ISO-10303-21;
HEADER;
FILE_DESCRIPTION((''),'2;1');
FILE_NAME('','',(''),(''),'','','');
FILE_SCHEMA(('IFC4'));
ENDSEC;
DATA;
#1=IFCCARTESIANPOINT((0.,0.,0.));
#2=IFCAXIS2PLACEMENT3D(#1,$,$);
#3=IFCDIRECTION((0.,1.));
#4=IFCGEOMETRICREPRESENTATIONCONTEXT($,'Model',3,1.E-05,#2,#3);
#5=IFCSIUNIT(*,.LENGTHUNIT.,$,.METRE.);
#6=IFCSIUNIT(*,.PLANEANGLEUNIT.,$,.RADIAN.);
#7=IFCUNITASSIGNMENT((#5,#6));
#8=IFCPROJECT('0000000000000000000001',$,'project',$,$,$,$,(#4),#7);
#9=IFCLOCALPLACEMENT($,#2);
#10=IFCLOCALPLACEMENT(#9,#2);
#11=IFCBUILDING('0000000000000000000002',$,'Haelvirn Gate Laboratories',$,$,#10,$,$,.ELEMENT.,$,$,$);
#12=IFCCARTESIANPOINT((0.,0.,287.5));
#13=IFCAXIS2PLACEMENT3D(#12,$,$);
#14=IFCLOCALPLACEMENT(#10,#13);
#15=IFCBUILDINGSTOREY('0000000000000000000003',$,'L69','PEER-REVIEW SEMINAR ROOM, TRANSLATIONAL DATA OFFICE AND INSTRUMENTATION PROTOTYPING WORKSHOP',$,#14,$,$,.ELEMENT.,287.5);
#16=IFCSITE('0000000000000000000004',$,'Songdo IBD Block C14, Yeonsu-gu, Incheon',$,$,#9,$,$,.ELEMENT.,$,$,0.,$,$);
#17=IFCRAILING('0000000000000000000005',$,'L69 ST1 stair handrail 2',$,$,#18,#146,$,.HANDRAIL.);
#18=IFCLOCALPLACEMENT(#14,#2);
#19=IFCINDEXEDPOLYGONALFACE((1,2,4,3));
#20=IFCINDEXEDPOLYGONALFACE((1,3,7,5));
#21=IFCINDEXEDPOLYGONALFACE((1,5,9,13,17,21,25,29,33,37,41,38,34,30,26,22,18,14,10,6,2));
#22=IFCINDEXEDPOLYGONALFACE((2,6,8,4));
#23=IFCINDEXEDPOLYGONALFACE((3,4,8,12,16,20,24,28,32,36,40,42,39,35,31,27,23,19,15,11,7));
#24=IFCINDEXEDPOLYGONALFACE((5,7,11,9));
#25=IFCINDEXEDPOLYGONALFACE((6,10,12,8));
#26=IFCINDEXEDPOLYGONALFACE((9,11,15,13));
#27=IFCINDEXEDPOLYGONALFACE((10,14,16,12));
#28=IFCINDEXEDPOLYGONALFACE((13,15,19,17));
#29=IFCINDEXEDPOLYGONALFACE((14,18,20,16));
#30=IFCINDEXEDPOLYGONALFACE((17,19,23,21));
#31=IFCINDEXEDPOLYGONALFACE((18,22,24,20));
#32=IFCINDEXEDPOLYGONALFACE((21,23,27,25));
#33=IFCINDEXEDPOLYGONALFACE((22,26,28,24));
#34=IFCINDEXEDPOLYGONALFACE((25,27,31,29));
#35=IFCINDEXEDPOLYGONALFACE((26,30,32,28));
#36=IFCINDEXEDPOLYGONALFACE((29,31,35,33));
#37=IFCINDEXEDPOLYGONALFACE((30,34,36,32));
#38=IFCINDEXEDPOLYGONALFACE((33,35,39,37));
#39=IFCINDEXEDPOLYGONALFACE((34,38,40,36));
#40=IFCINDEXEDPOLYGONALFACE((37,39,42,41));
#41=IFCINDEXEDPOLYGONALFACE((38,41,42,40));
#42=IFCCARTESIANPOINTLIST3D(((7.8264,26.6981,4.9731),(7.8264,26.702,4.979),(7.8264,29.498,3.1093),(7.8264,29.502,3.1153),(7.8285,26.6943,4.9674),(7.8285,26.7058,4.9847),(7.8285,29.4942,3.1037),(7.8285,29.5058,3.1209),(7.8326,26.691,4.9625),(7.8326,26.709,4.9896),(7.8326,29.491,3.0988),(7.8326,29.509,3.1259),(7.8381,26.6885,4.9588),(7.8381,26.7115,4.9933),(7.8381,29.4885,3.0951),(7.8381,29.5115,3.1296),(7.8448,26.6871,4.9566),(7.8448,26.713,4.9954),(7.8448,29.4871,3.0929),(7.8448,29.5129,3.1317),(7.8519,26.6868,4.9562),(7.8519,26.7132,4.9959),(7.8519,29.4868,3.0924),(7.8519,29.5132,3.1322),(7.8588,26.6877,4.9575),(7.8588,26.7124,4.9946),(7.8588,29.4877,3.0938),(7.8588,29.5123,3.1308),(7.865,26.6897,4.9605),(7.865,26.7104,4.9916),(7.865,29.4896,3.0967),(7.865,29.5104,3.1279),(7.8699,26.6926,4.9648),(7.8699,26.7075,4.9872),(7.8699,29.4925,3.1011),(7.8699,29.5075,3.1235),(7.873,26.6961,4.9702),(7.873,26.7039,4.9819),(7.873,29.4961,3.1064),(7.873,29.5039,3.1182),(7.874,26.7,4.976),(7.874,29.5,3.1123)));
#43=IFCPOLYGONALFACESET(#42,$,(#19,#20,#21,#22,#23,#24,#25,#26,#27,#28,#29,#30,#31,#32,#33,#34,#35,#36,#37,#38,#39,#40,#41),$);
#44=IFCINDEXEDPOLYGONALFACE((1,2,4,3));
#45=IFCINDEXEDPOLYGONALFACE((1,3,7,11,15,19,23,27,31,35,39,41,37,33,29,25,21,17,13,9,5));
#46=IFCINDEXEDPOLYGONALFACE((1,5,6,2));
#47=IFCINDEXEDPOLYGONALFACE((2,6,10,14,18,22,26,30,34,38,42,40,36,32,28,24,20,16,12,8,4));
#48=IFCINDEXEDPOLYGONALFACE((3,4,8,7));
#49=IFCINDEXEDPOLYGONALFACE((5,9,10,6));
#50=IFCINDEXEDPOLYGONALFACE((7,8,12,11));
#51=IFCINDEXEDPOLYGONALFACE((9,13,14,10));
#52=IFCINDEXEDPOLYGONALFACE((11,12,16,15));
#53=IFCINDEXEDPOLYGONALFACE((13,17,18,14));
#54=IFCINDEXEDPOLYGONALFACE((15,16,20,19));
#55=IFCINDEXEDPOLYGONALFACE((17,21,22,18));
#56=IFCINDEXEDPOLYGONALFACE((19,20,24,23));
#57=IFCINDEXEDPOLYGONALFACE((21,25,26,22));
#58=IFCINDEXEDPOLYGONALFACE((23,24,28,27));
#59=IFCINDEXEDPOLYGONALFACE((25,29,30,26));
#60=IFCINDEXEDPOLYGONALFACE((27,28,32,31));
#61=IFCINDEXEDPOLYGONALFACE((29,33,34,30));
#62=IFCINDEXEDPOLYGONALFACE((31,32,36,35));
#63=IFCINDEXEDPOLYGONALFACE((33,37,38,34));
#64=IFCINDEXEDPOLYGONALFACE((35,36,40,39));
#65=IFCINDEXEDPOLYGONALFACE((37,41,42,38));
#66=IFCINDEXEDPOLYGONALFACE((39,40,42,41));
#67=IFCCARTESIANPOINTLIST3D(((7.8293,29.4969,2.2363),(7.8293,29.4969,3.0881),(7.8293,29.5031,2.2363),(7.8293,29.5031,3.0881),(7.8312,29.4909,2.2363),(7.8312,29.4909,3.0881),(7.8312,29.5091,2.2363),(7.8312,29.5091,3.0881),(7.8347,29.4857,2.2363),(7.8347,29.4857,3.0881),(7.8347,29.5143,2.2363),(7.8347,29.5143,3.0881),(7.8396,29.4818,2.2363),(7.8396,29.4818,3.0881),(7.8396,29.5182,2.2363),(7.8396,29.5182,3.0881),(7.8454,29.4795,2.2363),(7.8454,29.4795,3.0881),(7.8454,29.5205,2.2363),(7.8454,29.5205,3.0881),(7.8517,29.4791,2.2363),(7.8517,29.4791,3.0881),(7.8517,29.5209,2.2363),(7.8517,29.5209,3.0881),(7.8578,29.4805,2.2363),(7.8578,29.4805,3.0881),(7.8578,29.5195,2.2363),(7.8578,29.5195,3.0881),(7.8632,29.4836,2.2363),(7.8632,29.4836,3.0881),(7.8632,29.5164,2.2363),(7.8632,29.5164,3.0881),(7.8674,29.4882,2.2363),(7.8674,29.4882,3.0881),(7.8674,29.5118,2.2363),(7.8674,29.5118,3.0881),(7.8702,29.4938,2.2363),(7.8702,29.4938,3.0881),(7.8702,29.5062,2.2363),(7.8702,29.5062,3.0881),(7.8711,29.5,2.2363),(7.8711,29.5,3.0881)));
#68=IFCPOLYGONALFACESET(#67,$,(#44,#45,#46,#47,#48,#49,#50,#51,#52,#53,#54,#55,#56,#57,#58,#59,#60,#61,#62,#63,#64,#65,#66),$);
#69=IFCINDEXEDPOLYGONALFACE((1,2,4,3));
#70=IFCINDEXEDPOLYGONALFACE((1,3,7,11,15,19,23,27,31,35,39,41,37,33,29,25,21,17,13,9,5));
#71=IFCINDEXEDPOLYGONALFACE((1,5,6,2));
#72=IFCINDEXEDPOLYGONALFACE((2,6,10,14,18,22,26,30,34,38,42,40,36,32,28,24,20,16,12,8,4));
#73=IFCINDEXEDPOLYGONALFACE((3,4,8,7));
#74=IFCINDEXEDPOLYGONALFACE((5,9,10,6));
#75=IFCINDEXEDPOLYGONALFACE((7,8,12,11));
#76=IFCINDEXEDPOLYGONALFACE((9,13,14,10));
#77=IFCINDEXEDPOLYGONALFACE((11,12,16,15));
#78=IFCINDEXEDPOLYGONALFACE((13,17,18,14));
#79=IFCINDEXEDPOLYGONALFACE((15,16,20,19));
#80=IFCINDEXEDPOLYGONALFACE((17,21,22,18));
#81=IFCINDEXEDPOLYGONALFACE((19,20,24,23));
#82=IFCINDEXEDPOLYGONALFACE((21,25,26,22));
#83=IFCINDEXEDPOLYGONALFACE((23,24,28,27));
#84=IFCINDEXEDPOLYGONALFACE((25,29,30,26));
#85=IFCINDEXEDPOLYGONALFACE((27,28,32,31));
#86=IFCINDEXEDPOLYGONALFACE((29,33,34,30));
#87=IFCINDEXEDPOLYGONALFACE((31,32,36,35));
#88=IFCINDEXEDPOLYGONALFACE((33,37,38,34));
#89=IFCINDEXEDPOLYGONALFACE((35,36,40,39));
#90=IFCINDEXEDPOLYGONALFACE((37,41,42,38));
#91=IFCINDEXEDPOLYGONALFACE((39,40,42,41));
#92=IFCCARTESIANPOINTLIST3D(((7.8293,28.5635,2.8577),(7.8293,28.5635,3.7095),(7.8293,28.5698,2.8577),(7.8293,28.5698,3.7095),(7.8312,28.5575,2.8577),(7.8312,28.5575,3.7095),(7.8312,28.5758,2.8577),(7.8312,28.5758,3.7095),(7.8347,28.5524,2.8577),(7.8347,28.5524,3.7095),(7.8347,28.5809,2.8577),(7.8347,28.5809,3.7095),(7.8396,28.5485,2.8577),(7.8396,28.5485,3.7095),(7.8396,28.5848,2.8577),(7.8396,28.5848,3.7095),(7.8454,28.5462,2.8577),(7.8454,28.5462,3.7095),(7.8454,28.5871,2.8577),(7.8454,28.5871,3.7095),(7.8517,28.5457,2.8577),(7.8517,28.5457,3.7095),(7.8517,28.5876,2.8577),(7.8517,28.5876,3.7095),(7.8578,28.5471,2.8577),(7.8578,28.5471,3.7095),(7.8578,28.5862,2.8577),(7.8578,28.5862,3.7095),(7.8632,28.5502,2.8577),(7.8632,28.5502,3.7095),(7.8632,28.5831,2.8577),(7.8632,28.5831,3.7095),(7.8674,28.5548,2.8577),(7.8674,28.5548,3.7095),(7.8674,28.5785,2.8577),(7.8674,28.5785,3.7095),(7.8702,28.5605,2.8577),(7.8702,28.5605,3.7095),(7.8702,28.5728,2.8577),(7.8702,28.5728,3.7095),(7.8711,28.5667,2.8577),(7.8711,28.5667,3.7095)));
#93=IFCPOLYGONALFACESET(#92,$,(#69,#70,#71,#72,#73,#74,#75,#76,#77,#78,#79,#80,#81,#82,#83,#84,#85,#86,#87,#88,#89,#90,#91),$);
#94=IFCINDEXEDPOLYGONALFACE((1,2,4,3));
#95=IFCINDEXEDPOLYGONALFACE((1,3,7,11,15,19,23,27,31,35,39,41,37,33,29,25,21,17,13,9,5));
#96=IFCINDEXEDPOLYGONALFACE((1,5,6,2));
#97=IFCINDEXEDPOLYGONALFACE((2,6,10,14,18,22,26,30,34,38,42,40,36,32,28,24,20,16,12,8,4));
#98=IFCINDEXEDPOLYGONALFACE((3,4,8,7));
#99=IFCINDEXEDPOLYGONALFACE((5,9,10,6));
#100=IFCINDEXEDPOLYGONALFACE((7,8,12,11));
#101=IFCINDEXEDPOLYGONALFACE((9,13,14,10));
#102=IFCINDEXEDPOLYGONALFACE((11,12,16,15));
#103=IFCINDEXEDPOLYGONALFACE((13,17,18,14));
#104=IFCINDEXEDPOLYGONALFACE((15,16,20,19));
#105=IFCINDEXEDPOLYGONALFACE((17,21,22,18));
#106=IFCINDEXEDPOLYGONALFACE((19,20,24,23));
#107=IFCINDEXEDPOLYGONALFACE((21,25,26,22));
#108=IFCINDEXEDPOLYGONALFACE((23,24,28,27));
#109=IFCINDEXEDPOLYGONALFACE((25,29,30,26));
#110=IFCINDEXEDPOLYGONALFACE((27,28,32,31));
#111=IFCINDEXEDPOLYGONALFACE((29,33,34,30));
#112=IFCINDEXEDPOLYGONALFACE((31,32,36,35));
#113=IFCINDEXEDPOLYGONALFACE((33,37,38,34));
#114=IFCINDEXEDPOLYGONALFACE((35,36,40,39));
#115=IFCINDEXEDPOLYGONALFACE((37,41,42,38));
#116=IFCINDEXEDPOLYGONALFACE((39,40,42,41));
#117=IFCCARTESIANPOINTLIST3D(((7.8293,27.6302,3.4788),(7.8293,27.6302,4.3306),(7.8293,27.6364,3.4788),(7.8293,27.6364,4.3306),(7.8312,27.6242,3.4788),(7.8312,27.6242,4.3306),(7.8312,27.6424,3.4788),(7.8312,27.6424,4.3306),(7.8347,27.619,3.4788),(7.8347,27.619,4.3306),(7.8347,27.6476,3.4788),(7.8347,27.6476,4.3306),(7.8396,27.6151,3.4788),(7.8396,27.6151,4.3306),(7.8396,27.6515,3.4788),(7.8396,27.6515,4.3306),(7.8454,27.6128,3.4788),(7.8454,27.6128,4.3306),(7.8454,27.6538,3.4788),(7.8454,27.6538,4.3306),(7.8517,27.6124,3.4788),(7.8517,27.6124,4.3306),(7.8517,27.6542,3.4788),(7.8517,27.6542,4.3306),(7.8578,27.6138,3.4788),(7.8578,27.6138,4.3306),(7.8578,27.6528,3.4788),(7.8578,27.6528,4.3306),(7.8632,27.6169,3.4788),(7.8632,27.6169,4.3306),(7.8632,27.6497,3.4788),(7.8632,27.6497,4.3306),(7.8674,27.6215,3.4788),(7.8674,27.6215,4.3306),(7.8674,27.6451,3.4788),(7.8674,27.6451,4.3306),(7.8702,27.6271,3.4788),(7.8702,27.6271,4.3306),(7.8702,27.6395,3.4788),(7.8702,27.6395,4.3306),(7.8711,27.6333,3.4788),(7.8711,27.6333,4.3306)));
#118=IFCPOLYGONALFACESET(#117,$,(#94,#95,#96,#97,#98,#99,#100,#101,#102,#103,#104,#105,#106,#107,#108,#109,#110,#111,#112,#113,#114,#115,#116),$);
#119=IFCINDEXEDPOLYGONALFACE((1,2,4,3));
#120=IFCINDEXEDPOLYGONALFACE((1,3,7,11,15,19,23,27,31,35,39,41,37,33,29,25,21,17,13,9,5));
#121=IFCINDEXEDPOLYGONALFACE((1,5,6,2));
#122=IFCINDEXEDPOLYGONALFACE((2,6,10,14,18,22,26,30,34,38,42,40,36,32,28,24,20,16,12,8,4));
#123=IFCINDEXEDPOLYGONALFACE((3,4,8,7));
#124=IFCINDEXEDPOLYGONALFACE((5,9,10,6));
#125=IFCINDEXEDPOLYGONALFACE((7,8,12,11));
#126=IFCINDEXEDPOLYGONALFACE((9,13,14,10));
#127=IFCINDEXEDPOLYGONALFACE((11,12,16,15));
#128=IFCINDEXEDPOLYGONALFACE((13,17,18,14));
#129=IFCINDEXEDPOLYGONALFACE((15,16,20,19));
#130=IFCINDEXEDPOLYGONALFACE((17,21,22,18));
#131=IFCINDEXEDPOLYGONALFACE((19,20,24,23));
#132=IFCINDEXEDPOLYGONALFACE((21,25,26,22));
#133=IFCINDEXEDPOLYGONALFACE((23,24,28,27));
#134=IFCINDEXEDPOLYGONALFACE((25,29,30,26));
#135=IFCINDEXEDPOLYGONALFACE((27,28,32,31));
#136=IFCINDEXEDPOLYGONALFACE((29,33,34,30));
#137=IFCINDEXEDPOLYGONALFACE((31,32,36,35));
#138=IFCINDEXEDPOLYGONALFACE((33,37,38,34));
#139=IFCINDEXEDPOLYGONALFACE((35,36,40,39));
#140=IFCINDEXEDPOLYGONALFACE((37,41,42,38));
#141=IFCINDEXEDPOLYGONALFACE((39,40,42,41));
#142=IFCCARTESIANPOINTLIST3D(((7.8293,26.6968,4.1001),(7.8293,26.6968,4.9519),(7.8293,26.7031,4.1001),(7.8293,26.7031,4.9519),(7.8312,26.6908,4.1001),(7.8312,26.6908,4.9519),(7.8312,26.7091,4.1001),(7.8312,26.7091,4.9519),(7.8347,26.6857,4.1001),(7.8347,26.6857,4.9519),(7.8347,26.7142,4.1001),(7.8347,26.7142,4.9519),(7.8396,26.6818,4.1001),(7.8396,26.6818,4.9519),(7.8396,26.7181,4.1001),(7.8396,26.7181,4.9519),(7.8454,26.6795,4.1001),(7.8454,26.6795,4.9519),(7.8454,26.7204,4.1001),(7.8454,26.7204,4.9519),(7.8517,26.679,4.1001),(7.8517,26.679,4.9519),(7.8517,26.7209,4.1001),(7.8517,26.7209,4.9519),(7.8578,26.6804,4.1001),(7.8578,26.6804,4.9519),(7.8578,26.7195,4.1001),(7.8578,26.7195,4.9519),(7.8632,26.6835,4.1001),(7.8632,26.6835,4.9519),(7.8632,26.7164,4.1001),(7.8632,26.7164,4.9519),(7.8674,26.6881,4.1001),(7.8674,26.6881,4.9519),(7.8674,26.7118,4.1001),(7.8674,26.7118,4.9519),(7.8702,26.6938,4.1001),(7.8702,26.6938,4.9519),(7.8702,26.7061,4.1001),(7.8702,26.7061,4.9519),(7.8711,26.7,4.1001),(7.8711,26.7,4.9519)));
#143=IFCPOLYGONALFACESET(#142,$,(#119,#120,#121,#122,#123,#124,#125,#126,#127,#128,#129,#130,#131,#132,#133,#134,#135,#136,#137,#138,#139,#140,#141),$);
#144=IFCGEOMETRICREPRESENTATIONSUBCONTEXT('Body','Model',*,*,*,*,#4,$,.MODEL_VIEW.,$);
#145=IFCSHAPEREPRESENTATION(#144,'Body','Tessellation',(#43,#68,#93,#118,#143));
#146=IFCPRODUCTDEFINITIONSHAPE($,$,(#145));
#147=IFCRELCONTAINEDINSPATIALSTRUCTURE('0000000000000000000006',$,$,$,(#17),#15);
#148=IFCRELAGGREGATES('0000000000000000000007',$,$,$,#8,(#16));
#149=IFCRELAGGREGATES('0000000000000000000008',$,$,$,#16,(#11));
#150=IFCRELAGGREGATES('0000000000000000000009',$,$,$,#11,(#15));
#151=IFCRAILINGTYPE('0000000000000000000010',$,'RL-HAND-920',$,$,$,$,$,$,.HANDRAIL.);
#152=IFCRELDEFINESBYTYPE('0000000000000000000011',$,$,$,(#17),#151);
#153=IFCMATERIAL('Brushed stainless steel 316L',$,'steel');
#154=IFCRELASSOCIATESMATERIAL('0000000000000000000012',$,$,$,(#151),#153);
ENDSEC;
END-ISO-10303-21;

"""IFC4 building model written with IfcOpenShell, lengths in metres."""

from ifc_helpers import new_model, si_unit, direction, frame, origin, origin_2d, place, context, subcontext, project, spatial, circle, extrude, source, transform, mapped, material, type_object, element, save


model = new_model("IFC4")

# Units and contexts
model_context = context("Model", 3, precision=1e-05, world=origin(), true_north=direction((0.0, 1.0)))
body_context = subcontext(model_context, "Body", "Model", "MODEL_VIEW")
ifc_project = project(units=[si_unit("LENGTHUNIT", "METRE"), si_unit("PLANEANGLEUNIT", "RADIAN")], contexts=[model_context])

# Site, building, storey
site_placement = place(None, origin())
site = spatial("IfcSite", under=ifc_project, at=site_placement, Name="Songdo IBD Block C14, Yeonsu-gu, Incheon", CompositionType="ELEMENT", RefElevation=0.0)
building_placement = place(site_placement, origin())
building = spatial("IfcBuilding", under=site, at=building_placement, Name="Haelvirn Gate Laboratories", CompositionType="ELEMENT")
storey_placement = place(building_placement, frame((0.0, 0.0, 287.5)))
storey = spatial("IfcBuildingStorey", under=building, at=storey_placement, Name="L69", Description="PEER-REVIEW SEMINAR ROOM, TRANSLATIONAL DATA OFFICE AND INSTRUMENTATION PROTOTYPING WORKSHOP", CompositionType="ELEMENT", Elevation=287.5)

# Railing
ifc_material_1 = material(Name="Brushed stainless steel 316L", Category="steel")
railing_type_1 = type_object("IfcRailingType", Name="RL-HAND-920", PredefinedType="HANDRAIL", material=ifc_material_1)
shared_shape_1 = source(origin(), body_context, "Body", "SweptSolid", [
    extrude(circle(Radius=0.0239, at=origin_2d()), frame((0.0, 0.0, 0.876), z_axis=(0.0, -0.832452, 0.554097), x_axis=(1.0, 0.0, 0.0)), (0.0, 0.0, 1.0), 3.3635),
    extrude(circle(Radius=0.021, at=origin_2d()), origin(), (0.0, 0.0, 1.0), 0.8518),
    extrude(circle(Radius=0.021, at=origin_2d()), frame((0.0, -0.9333, 0.6213)), (0.0, 0.0, 1.0), 0.8518),
    extrude(circle(Radius=0.021, at=origin_2d()), frame((0.0, -1.8667, 1.2424)), (0.0, 0.0, 1.0), 0.8518),
    extrude(circle(Radius=0.021, at=origin_2d()), frame((0.0, -2.8, 1.8638)), (0.0, 0.0, 1.0), 0.8518),
])
railing_1_placement = place(storey_placement, frame((7.8501, 29.5, 2.2363)))
element("IfcRailing", 1, at=railing_1_placement, inside=storey, type_object=railing_type_1, Name="L69 ST1 stair handrail 2", PredefinedType="HANDRAIL", context=body_context, shape_type="MappedRepresentation", body=[
    mapped(shared_shape_1, transform((0.0, 0.0, 0.0), scale=1.0)),
])

save(model, "model.ifc")
